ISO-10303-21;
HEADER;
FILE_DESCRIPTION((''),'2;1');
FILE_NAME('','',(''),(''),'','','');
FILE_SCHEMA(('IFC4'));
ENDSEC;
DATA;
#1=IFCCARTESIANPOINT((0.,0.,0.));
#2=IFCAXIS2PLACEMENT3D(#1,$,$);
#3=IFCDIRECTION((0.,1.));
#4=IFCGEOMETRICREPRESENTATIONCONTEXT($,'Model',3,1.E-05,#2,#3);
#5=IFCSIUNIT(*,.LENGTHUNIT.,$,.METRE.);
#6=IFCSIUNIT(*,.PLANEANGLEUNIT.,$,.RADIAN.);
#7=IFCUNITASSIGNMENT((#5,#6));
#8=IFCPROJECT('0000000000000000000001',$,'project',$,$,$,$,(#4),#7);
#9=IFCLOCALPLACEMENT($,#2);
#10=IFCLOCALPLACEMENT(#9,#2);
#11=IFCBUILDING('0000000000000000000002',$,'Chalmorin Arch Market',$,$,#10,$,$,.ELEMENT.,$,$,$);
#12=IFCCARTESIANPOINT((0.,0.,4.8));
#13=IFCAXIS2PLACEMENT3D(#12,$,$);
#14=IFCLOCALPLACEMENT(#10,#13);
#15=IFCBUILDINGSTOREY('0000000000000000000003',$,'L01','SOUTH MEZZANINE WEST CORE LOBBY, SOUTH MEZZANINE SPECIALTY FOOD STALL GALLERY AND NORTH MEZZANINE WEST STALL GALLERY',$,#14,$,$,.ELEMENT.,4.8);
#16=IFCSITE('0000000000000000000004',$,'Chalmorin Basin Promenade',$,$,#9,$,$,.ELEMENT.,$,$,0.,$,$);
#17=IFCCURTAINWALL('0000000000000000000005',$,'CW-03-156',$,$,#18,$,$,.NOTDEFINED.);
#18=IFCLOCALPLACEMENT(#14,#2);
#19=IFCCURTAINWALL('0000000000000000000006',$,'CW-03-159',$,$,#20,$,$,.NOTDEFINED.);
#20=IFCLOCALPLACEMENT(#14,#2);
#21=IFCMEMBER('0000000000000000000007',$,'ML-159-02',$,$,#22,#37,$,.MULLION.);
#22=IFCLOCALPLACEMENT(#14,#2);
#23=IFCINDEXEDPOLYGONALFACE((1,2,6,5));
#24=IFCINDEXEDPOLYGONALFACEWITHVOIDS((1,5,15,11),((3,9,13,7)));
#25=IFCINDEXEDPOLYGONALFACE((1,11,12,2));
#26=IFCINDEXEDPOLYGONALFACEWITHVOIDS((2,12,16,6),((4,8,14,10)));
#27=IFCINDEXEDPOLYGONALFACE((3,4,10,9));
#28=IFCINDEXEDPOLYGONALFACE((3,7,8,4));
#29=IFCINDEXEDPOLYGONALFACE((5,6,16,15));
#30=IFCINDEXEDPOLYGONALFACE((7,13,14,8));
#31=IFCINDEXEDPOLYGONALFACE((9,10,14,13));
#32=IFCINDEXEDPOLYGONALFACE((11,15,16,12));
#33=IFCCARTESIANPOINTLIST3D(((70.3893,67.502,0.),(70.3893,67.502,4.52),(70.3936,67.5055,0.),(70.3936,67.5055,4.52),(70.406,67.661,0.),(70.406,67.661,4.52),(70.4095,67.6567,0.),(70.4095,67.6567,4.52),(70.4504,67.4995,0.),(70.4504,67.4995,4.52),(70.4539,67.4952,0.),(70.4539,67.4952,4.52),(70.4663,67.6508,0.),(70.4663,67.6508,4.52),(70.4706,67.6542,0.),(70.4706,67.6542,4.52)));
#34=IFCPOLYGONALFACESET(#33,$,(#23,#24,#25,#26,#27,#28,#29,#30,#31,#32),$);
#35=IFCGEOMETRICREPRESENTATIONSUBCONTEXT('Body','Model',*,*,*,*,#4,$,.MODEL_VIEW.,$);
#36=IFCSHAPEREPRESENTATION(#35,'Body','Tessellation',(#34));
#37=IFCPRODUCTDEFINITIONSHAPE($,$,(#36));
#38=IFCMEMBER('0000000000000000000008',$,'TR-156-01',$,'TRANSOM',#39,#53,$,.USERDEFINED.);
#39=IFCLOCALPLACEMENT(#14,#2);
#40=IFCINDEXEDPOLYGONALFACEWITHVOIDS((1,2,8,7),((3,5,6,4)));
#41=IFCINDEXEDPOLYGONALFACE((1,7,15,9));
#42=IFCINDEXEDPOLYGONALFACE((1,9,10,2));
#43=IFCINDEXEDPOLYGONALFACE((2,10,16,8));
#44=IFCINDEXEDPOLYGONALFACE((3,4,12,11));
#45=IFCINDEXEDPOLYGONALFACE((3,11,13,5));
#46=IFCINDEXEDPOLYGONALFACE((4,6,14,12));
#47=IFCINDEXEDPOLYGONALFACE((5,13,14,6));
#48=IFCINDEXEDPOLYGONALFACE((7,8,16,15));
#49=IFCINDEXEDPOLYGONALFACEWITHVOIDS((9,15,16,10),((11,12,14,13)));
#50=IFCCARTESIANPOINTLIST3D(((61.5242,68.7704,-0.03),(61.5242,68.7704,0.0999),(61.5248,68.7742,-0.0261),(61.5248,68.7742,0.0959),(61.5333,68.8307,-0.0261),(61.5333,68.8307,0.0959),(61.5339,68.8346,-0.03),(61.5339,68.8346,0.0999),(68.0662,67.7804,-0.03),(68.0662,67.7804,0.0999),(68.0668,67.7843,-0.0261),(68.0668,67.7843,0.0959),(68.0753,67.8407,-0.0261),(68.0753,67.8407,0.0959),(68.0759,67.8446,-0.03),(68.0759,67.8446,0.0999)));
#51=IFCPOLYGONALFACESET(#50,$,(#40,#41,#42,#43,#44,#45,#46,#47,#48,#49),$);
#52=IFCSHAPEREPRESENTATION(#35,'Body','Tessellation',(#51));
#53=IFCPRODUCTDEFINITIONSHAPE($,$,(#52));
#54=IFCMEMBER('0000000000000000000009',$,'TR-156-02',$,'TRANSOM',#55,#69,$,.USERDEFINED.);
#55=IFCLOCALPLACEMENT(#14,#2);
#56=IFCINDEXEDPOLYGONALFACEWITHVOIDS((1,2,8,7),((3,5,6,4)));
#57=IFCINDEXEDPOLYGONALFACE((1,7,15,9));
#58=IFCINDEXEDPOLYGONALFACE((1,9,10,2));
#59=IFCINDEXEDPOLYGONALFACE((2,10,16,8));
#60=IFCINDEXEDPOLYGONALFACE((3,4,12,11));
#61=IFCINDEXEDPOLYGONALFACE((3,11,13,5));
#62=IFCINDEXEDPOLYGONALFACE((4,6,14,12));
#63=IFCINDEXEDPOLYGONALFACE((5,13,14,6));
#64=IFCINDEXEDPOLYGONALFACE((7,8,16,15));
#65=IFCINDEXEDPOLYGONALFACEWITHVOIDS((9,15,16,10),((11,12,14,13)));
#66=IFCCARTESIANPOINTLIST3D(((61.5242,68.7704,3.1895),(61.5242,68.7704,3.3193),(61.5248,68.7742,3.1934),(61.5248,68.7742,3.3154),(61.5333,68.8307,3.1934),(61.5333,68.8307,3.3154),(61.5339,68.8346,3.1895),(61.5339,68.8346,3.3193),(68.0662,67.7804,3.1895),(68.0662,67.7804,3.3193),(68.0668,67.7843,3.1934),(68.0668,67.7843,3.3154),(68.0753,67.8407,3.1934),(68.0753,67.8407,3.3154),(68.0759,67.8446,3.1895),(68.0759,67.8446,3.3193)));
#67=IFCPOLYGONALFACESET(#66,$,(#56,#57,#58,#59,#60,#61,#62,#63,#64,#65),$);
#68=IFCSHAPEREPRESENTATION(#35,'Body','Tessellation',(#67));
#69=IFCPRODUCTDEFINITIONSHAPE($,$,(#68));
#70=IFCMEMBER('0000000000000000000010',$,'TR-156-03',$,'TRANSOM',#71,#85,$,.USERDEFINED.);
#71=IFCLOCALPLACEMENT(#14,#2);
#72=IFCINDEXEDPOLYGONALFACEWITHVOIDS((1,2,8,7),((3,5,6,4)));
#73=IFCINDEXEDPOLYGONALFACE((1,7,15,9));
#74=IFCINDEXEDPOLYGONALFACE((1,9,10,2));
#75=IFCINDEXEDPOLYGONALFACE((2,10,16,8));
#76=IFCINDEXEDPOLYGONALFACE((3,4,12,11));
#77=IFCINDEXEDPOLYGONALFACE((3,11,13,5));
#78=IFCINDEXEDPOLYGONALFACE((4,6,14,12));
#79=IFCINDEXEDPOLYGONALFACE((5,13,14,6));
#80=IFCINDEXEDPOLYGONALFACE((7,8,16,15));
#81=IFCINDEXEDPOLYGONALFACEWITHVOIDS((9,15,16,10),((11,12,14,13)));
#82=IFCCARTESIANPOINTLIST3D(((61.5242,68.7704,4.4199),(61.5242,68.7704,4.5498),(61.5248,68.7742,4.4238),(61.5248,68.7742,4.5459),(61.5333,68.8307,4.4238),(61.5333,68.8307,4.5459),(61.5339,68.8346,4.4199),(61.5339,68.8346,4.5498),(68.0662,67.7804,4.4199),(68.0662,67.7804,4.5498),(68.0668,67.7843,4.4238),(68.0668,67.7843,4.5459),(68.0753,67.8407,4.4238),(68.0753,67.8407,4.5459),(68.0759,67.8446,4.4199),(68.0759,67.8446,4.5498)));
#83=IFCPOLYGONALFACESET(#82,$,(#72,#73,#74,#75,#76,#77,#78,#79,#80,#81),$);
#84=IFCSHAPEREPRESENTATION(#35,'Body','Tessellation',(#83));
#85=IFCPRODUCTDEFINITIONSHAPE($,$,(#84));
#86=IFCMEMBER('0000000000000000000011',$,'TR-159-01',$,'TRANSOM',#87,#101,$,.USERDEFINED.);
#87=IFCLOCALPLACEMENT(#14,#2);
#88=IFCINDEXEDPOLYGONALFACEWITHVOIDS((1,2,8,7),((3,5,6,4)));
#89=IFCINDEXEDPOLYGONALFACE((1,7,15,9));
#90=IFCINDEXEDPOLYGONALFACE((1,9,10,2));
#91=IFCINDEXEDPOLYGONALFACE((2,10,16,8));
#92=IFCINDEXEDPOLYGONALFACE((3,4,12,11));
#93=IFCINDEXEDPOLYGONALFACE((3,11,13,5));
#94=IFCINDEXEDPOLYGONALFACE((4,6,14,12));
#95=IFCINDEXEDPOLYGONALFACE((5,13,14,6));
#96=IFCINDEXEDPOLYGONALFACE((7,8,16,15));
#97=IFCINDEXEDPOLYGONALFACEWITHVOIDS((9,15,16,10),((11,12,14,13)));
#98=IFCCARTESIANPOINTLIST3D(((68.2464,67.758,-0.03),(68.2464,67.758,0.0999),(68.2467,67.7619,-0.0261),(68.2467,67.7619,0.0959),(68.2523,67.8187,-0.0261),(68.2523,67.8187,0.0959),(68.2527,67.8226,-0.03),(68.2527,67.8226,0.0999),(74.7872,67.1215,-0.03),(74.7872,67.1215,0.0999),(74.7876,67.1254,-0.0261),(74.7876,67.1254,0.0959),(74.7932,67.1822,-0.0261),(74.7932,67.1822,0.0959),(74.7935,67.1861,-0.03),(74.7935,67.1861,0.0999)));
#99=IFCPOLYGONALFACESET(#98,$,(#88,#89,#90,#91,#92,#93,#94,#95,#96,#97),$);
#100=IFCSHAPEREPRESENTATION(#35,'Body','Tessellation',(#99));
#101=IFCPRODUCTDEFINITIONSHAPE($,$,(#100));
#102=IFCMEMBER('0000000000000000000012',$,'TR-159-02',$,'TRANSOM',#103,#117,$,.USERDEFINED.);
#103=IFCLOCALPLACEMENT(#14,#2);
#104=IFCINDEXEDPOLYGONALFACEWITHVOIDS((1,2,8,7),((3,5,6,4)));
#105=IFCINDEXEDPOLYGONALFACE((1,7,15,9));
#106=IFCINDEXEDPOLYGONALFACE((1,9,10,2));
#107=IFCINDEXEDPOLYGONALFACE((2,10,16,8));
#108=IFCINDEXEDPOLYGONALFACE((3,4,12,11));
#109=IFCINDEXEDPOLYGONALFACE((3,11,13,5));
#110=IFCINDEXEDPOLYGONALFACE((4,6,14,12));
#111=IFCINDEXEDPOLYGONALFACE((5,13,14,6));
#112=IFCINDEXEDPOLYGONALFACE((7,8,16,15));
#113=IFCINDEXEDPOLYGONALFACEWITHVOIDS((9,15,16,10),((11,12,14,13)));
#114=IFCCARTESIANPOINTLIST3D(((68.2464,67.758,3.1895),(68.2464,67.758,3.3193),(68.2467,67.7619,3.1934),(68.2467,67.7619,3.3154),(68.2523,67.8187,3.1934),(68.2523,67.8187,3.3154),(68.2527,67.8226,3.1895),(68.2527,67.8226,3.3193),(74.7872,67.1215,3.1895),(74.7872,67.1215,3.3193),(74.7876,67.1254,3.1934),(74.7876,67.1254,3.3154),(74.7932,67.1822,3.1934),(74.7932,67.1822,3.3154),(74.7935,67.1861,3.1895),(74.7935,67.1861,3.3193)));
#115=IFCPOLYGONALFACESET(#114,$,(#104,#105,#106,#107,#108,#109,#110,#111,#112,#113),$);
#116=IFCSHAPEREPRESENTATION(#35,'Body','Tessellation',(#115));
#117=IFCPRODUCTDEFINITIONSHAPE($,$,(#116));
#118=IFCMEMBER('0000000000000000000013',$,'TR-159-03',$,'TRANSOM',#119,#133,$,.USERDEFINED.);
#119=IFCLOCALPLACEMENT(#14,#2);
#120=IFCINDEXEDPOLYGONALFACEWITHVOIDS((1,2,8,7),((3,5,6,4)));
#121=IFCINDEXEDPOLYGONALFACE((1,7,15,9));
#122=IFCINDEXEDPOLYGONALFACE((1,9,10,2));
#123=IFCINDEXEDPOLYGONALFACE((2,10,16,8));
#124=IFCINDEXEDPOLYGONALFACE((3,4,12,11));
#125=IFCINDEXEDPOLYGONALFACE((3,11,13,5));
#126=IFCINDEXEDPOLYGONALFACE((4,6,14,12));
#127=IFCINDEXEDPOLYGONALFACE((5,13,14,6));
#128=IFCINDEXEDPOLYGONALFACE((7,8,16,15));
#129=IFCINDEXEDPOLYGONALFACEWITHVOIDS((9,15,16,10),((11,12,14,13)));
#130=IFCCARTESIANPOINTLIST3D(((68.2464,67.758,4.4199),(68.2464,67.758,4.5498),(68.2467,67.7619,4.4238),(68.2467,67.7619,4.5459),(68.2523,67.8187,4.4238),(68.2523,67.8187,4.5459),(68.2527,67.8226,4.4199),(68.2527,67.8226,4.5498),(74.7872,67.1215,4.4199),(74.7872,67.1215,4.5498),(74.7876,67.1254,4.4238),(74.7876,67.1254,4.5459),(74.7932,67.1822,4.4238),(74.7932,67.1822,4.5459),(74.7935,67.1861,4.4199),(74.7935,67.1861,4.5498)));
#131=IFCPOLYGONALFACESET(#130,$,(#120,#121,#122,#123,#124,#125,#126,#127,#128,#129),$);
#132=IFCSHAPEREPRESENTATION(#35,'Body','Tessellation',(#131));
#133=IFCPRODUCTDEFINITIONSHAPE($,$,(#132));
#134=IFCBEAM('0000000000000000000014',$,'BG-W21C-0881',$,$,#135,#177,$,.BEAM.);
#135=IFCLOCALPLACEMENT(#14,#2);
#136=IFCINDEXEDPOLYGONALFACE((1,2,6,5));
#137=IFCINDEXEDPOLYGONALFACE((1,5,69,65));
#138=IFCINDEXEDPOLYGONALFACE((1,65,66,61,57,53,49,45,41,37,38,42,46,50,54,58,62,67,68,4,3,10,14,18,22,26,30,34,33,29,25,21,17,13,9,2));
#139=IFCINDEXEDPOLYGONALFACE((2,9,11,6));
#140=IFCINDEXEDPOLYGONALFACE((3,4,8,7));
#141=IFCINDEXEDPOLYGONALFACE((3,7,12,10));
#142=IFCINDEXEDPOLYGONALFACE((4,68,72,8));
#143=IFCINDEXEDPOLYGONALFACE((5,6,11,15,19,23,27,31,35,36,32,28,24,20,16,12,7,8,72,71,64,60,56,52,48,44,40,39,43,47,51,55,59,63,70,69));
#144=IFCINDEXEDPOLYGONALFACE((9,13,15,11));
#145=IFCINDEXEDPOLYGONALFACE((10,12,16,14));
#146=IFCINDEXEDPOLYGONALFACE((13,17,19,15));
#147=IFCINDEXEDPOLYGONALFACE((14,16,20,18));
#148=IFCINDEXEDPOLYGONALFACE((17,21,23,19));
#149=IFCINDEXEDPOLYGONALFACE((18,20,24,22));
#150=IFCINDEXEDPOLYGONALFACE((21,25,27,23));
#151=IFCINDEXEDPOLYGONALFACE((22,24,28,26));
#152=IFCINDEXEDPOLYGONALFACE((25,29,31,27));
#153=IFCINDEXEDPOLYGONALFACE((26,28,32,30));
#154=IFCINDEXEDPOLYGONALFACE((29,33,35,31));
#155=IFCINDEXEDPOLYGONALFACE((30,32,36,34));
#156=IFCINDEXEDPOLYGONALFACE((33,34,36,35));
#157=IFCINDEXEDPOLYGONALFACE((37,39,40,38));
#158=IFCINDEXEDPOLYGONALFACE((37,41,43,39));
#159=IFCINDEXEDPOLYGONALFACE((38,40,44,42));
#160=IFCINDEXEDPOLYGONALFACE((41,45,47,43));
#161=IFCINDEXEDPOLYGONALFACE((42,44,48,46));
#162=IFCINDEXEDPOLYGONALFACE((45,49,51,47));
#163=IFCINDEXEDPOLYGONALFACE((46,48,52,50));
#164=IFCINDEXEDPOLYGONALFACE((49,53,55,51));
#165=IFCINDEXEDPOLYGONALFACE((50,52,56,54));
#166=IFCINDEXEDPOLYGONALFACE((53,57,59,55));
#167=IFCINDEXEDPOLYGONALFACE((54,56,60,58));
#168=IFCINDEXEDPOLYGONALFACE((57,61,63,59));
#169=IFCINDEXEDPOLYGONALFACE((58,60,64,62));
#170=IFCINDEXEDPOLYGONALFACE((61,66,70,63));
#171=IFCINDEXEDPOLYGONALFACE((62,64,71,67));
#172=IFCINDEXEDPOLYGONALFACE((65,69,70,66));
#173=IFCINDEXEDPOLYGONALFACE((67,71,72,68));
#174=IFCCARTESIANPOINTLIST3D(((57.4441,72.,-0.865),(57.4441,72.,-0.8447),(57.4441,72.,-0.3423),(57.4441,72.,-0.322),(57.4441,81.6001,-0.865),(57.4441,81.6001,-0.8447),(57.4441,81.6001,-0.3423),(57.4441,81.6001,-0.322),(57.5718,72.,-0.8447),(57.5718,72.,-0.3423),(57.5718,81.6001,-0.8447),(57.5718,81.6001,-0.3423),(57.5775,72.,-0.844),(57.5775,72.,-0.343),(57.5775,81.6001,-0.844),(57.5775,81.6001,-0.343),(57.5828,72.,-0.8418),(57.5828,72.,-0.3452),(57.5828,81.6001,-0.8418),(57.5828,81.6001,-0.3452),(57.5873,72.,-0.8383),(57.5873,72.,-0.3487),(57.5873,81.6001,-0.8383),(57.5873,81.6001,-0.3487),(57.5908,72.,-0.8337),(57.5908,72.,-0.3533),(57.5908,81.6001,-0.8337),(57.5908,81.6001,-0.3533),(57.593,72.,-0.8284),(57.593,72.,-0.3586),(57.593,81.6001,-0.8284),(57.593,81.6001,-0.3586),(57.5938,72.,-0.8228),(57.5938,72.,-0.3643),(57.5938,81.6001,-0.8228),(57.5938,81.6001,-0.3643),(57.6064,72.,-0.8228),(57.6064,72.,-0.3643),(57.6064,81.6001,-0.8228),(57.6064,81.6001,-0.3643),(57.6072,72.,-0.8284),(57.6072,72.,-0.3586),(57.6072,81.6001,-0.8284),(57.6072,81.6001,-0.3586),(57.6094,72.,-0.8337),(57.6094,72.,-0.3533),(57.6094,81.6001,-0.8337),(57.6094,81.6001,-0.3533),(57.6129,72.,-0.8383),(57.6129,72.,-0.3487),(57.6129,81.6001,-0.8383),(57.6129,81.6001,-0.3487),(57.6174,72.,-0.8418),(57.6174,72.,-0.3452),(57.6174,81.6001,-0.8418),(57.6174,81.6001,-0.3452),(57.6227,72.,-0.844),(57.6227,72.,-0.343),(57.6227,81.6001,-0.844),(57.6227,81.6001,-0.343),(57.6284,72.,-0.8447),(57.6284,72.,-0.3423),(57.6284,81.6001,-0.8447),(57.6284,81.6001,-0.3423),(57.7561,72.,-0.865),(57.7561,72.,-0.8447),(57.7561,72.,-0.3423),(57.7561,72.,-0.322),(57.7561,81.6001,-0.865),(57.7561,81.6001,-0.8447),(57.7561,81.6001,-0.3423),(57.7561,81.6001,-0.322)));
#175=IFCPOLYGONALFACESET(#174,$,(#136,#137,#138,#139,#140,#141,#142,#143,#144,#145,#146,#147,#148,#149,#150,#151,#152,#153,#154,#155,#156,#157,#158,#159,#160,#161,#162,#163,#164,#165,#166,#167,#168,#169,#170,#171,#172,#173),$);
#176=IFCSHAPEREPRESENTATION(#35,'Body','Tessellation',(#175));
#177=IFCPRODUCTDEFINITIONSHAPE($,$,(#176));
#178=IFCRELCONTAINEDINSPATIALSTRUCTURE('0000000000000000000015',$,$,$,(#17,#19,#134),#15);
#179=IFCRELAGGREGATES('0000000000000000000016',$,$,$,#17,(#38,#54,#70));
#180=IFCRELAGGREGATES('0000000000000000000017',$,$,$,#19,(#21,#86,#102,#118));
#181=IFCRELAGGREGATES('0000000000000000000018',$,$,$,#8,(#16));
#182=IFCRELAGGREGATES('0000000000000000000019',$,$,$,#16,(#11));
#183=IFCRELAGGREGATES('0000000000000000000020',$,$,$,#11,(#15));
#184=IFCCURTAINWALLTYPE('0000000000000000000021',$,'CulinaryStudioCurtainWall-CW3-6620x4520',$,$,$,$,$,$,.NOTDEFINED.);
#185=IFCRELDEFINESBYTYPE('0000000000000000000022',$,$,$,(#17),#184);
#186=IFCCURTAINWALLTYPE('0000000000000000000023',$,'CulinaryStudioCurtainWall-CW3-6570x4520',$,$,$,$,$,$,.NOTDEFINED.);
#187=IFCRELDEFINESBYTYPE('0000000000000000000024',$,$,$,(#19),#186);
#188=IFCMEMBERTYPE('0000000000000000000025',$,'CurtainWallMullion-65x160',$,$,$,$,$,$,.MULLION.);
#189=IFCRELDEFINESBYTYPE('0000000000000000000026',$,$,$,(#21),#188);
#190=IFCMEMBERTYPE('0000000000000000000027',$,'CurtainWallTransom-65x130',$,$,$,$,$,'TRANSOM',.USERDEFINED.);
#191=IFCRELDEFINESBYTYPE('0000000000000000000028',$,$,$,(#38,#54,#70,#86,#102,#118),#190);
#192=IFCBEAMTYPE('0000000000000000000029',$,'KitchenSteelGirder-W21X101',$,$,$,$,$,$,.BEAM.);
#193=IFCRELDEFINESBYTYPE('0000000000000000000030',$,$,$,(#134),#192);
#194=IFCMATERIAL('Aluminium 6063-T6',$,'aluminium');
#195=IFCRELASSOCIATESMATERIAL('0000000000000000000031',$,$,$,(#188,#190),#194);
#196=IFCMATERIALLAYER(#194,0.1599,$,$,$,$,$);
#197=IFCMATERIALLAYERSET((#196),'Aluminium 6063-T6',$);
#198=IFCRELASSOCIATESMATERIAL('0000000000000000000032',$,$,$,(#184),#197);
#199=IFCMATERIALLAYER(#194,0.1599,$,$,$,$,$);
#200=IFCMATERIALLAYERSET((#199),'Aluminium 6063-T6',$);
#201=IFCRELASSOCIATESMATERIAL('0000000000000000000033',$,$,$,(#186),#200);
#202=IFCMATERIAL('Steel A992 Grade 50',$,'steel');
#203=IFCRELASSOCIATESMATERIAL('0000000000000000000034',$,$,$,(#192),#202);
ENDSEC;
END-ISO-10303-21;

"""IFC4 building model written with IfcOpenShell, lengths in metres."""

from ifc_helpers import new_model, si_unit, direction, frame, origin, origin_2d, place, context, subcontext, project, spatial, hollow_rectangle, i_section, extrude, material, layer, layer_set, material_profile, profile_set, type_object, element, aggregate, save


model = new_model("IFC4")

# Units and contexts
model_context = context("Model", 3, precision=1e-05, world=origin(), true_north=direction((0.0, 1.0)))
body_context = subcontext(model_context, "Body", "Model", "MODEL_VIEW")
ifc_project = project(units=[si_unit("LENGTHUNIT", "METRE"), si_unit("PLANEANGLEUNIT", "RADIAN")], contexts=[model_context])

# Site, building, storey
site_placement = place(None, origin())
site = spatial("IfcSite", under=ifc_project, at=site_placement, Name="Chalmorin Basin Promenade", CompositionType="ELEMENT", RefElevation=0.0)
building_placement = place(site_placement, origin())
building = spatial("IfcBuilding", under=site, at=building_placement, Name="Chalmorin Arch Market", CompositionType="ELEMENT")
storey_placement = place(building_placement, frame((0.0, 0.0, 4.8)))
storey = spatial("IfcBuildingStorey", under=building, at=storey_placement, Name="L01", Description="SOUTH MEZZANINE WEST CORE LOBBY, SOUTH MEZZANINE SPECIALTY FOOD STALL GALLERY AND NORTH MEZZANINE WEST STALL GALLERY", CompositionType="ELEMENT", Elevation=4.8)

# Curtain walls, member
ifc_material_1 = material(Name="Aluminium 6063-T6", Category="aluminium")
ifc_material_profile_1 = material_profile(ifc_material_1, hollow_rectangle(XDim=0.0649, YDim=0.1599, WallThickness=0.0039, at=origin_2d()), Name="ALU65X160X4")
ifc_profile_set_1 = profile_set([ifc_material_profile_1], Name="Aluminium 6063-T6")
member_type_1 = type_object("IfcMemberType", Name="CurtainWallMullion-65x160", PredefinedType="MULLION", material=ifc_profile_set_1)
ifc_layer_1 = layer(ifc_material_1, 0.1599)
ifc_layer_set_1 = layer_set([ifc_layer_1], Name="Aluminium 6063-T6")
curtain_wall_type_1 = type_object("IfcCurtainWallType", Name="CulinaryStudioCurtainWall-CW3-6620x4520", PredefinedType="NOTDEFINED", material=ifc_layer_set_1)
curtain_wall_1_placement = place(storey_placement, origin())
curtain_wall_1 = element("IfcCurtainWall", 1, at=curtain_wall_1_placement, inside=storey, type_object=curtain_wall_type_1, Name="CW-03-156", PredefinedType="NOTDEFINED")
ifc_layer_2 = layer(ifc_material_1, 0.1599)
ifc_layer_set_2 = layer_set([ifc_layer_2], Name="Aluminium 6063-T6")
curtain_wall_type_2 = type_object("IfcCurtainWallType", Name="CulinaryStudioCurtainWall-CW3-6570x4520", PredefinedType="NOTDEFINED", material=ifc_layer_set_2)
curtain_wall_2_placement = place(storey_placement, origin())
curtain_wall_2 = element("IfcCurtainWall", 2, at=curtain_wall_2_placement, inside=storey, type_object=curtain_wall_type_2, Name="CW-03-159", PredefinedType="NOTDEFINED")
member_1_placement = place(storey_placement, frame((70.4299, 67.5781, 0.0), z_axis=(0.0, 0.0, 1.0), x_axis=(0.994522, -0.104528, 0.0)))
member_1 = element("IfcMember", 3, at=member_1_placement, type_object=member_type_1, Name="ML-159-02", PredefinedType="MULLION", context=body_context, shape_type="SweptSolid", body=[
    extrude(hollow_rectangle(XDim=0.0649, YDim=0.1599, WallThickness=0.0039, at=origin_2d()), origin(), (0.0, 0.0, 1.0), 4.52),
])

# Members
ifc_material_profile_2 = material_profile(ifc_material_1, hollow_rectangle(XDim=0.0649, YDim=0.1299, WallThickness=0.0039, at=origin_2d()), Name="ALU65X130X4")
ifc_profile_set_2 = profile_set([ifc_material_profile_2], Name="Aluminium 6063-T6")
member_type_2 = type_object("IfcMemberType", Name="CurtainWallTransom-65x130", ElementType="TRANSOM", PredefinedType="USERDEFINED", material=ifc_profile_set_2)
member_2_placement = place(storey_placement, frame((61.5291, 68.8025, 0.0349), z_axis=(0.988743, -0.149625, 0.0), x_axis=(0.149625, 0.988743, 0.0)))
member_2 = element("IfcMember", 4, at=member_2_placement, type_object=member_type_2, Name="TR-156-01", ObjectType="TRANSOM", PredefinedType="USERDEFINED", context=body_context, shape_type="SweptSolid", body=[
    extrude(hollow_rectangle(XDim=0.0649, YDim=0.1299, WallThickness=0.0039, at=origin_2d()), origin(), (0.0, 0.0, 1.0), 6.6165),
])
member_3_placement = place(storey_placement, frame((61.5291, 68.8025, 3.2544), z_axis=(0.988743, -0.149625, 0.0), x_axis=(0.149625, 0.988743, 0.0)))
member_3 = element("IfcMember", 5, at=member_3_placement, type_object=member_type_2, Name="TR-156-02", ObjectType="TRANSOM", PredefinedType="USERDEFINED", context=body_context, shape_type="SweptSolid", body=[
    extrude(hollow_rectangle(XDim=0.0649, YDim=0.1299, WallThickness=0.0039, at=origin_2d()), origin(), (0.0, 0.0, 1.0), 6.6165),
])
member_4_placement = place(storey_placement, frame((61.5291, 68.8025, 4.4849), z_axis=(0.988743, -0.149625, 0.0), x_axis=(0.149625, 0.988743, 0.0)))
member_4 = element("IfcMember", 6, at=member_4_placement, type_object=member_type_2, Name="TR-156-03", ObjectType="TRANSOM", PredefinedType="USERDEFINED", context=body_context, shape_type="SweptSolid", body=[
    extrude(hollow_rectangle(XDim=0.0649, YDim=0.1299, WallThickness=0.0039, at=origin_2d()), origin(), (0.0, 0.0, 1.0), 6.6165),
])
member_5_placement = place(storey_placement, frame((68.2495, 67.7903, 0.0349), z_axis=(0.995299, -0.096851, 0.0), x_axis=(0.096851, 0.995299, 0.0)))
member_5 = element("IfcMember", 7, at=member_5_placement, type_object=member_type_2, Name="TR-159-01", ObjectType="TRANSOM", PredefinedType="USERDEFINED", context=body_context, shape_type="SweptSolid", body=[
    extrude(hollow_rectangle(XDim=0.0649, YDim=0.1299, WallThickness=0.0039, at=origin_2d()), origin(), (0.0, 0.0, 1.0), 6.5718),
])
member_6_placement = place(storey_placement, frame((68.2495, 67.7903, 3.2544), z_axis=(0.995299, -0.096851, 0.0), x_axis=(0.096851, 0.995299, 0.0)))
member_6 = element("IfcMember", 8, at=member_6_placement, type_object=member_type_2, Name="TR-159-02", ObjectType="TRANSOM", PredefinedType="USERDEFINED", context=body_context, shape_type="SweptSolid", body=[
    extrude(hollow_rectangle(XDim=0.0649, YDim=0.1299, WallThickness=0.0039, at=origin_2d()), origin(), (0.0, 0.0, 1.0), 6.5718),
])
member_7_placement = place(storey_placement, frame((68.2495, 67.7903, 4.4849), z_axis=(0.995299, -0.096851, 0.0), x_axis=(0.096851, 0.995299, 0.0)))
member_7 = element("IfcMember", 9, at=member_7_placement, type_object=member_type_2, Name="TR-159-03", ObjectType="TRANSOM", PredefinedType="USERDEFINED", context=body_context, shape_type="SweptSolid", body=[
    extrude(hollow_rectangle(XDim=0.0649, YDim=0.1299, WallThickness=0.0039, at=origin_2d()), origin(), (0.0, 0.0, 1.0), 6.5718),
])

# Beam
ifc_material_2 = material(Name="Steel A992 Grade 50", Category="steel")
ifc_material_profile_3 = material_profile(ifc_material_2, i_section(OverallWidth=0.312, OverallDepth=0.543, WebThickness=0.0127, FlangeThickness=0.0203, FilletRadius=0.022, at=origin_2d()), Name="W21X101")
ifc_profile_set_3 = profile_set([ifc_material_profile_3], Name="Steel A992 Grade 50")
beam_type_1 = type_object("IfcBeamType", Name="KitchenSteelGirder-W21X101", PredefinedType="BEAM", material=ifc_profile_set_3)
for number, where, z_axis, x_axis, name in (
    (10, (57.6001, 72.0, -0.5935), (0.0, 1.0, 0.0), (-1.0, 0.0, 0.0), "BG-W21C-0881"),
):
    element("IfcBeam", number, at=place(storey_placement, frame(where, z_axis=z_axis, x_axis=x_axis)), inside=storey, type_object=beam_type_1, Name=name, PredefinedType="BEAM", context=body_context, shape_type="SweptSolid", body=[
        extrude(i_section(OverallWidth=0.312, OverallDepth=0.543, WebThickness=0.0127, FlangeThickness=0.0203, FilletRadius=0.022, at=origin_2d()), origin(), (0.0, 0.0, 1.0), 9.6001),
    ])

aggregate(curtain_wall_1, [member_2, member_3, member_4])
aggregate(curtain_wall_2, [member_1, member_5, member_6, member_7])

save(model, "model.ifc")
